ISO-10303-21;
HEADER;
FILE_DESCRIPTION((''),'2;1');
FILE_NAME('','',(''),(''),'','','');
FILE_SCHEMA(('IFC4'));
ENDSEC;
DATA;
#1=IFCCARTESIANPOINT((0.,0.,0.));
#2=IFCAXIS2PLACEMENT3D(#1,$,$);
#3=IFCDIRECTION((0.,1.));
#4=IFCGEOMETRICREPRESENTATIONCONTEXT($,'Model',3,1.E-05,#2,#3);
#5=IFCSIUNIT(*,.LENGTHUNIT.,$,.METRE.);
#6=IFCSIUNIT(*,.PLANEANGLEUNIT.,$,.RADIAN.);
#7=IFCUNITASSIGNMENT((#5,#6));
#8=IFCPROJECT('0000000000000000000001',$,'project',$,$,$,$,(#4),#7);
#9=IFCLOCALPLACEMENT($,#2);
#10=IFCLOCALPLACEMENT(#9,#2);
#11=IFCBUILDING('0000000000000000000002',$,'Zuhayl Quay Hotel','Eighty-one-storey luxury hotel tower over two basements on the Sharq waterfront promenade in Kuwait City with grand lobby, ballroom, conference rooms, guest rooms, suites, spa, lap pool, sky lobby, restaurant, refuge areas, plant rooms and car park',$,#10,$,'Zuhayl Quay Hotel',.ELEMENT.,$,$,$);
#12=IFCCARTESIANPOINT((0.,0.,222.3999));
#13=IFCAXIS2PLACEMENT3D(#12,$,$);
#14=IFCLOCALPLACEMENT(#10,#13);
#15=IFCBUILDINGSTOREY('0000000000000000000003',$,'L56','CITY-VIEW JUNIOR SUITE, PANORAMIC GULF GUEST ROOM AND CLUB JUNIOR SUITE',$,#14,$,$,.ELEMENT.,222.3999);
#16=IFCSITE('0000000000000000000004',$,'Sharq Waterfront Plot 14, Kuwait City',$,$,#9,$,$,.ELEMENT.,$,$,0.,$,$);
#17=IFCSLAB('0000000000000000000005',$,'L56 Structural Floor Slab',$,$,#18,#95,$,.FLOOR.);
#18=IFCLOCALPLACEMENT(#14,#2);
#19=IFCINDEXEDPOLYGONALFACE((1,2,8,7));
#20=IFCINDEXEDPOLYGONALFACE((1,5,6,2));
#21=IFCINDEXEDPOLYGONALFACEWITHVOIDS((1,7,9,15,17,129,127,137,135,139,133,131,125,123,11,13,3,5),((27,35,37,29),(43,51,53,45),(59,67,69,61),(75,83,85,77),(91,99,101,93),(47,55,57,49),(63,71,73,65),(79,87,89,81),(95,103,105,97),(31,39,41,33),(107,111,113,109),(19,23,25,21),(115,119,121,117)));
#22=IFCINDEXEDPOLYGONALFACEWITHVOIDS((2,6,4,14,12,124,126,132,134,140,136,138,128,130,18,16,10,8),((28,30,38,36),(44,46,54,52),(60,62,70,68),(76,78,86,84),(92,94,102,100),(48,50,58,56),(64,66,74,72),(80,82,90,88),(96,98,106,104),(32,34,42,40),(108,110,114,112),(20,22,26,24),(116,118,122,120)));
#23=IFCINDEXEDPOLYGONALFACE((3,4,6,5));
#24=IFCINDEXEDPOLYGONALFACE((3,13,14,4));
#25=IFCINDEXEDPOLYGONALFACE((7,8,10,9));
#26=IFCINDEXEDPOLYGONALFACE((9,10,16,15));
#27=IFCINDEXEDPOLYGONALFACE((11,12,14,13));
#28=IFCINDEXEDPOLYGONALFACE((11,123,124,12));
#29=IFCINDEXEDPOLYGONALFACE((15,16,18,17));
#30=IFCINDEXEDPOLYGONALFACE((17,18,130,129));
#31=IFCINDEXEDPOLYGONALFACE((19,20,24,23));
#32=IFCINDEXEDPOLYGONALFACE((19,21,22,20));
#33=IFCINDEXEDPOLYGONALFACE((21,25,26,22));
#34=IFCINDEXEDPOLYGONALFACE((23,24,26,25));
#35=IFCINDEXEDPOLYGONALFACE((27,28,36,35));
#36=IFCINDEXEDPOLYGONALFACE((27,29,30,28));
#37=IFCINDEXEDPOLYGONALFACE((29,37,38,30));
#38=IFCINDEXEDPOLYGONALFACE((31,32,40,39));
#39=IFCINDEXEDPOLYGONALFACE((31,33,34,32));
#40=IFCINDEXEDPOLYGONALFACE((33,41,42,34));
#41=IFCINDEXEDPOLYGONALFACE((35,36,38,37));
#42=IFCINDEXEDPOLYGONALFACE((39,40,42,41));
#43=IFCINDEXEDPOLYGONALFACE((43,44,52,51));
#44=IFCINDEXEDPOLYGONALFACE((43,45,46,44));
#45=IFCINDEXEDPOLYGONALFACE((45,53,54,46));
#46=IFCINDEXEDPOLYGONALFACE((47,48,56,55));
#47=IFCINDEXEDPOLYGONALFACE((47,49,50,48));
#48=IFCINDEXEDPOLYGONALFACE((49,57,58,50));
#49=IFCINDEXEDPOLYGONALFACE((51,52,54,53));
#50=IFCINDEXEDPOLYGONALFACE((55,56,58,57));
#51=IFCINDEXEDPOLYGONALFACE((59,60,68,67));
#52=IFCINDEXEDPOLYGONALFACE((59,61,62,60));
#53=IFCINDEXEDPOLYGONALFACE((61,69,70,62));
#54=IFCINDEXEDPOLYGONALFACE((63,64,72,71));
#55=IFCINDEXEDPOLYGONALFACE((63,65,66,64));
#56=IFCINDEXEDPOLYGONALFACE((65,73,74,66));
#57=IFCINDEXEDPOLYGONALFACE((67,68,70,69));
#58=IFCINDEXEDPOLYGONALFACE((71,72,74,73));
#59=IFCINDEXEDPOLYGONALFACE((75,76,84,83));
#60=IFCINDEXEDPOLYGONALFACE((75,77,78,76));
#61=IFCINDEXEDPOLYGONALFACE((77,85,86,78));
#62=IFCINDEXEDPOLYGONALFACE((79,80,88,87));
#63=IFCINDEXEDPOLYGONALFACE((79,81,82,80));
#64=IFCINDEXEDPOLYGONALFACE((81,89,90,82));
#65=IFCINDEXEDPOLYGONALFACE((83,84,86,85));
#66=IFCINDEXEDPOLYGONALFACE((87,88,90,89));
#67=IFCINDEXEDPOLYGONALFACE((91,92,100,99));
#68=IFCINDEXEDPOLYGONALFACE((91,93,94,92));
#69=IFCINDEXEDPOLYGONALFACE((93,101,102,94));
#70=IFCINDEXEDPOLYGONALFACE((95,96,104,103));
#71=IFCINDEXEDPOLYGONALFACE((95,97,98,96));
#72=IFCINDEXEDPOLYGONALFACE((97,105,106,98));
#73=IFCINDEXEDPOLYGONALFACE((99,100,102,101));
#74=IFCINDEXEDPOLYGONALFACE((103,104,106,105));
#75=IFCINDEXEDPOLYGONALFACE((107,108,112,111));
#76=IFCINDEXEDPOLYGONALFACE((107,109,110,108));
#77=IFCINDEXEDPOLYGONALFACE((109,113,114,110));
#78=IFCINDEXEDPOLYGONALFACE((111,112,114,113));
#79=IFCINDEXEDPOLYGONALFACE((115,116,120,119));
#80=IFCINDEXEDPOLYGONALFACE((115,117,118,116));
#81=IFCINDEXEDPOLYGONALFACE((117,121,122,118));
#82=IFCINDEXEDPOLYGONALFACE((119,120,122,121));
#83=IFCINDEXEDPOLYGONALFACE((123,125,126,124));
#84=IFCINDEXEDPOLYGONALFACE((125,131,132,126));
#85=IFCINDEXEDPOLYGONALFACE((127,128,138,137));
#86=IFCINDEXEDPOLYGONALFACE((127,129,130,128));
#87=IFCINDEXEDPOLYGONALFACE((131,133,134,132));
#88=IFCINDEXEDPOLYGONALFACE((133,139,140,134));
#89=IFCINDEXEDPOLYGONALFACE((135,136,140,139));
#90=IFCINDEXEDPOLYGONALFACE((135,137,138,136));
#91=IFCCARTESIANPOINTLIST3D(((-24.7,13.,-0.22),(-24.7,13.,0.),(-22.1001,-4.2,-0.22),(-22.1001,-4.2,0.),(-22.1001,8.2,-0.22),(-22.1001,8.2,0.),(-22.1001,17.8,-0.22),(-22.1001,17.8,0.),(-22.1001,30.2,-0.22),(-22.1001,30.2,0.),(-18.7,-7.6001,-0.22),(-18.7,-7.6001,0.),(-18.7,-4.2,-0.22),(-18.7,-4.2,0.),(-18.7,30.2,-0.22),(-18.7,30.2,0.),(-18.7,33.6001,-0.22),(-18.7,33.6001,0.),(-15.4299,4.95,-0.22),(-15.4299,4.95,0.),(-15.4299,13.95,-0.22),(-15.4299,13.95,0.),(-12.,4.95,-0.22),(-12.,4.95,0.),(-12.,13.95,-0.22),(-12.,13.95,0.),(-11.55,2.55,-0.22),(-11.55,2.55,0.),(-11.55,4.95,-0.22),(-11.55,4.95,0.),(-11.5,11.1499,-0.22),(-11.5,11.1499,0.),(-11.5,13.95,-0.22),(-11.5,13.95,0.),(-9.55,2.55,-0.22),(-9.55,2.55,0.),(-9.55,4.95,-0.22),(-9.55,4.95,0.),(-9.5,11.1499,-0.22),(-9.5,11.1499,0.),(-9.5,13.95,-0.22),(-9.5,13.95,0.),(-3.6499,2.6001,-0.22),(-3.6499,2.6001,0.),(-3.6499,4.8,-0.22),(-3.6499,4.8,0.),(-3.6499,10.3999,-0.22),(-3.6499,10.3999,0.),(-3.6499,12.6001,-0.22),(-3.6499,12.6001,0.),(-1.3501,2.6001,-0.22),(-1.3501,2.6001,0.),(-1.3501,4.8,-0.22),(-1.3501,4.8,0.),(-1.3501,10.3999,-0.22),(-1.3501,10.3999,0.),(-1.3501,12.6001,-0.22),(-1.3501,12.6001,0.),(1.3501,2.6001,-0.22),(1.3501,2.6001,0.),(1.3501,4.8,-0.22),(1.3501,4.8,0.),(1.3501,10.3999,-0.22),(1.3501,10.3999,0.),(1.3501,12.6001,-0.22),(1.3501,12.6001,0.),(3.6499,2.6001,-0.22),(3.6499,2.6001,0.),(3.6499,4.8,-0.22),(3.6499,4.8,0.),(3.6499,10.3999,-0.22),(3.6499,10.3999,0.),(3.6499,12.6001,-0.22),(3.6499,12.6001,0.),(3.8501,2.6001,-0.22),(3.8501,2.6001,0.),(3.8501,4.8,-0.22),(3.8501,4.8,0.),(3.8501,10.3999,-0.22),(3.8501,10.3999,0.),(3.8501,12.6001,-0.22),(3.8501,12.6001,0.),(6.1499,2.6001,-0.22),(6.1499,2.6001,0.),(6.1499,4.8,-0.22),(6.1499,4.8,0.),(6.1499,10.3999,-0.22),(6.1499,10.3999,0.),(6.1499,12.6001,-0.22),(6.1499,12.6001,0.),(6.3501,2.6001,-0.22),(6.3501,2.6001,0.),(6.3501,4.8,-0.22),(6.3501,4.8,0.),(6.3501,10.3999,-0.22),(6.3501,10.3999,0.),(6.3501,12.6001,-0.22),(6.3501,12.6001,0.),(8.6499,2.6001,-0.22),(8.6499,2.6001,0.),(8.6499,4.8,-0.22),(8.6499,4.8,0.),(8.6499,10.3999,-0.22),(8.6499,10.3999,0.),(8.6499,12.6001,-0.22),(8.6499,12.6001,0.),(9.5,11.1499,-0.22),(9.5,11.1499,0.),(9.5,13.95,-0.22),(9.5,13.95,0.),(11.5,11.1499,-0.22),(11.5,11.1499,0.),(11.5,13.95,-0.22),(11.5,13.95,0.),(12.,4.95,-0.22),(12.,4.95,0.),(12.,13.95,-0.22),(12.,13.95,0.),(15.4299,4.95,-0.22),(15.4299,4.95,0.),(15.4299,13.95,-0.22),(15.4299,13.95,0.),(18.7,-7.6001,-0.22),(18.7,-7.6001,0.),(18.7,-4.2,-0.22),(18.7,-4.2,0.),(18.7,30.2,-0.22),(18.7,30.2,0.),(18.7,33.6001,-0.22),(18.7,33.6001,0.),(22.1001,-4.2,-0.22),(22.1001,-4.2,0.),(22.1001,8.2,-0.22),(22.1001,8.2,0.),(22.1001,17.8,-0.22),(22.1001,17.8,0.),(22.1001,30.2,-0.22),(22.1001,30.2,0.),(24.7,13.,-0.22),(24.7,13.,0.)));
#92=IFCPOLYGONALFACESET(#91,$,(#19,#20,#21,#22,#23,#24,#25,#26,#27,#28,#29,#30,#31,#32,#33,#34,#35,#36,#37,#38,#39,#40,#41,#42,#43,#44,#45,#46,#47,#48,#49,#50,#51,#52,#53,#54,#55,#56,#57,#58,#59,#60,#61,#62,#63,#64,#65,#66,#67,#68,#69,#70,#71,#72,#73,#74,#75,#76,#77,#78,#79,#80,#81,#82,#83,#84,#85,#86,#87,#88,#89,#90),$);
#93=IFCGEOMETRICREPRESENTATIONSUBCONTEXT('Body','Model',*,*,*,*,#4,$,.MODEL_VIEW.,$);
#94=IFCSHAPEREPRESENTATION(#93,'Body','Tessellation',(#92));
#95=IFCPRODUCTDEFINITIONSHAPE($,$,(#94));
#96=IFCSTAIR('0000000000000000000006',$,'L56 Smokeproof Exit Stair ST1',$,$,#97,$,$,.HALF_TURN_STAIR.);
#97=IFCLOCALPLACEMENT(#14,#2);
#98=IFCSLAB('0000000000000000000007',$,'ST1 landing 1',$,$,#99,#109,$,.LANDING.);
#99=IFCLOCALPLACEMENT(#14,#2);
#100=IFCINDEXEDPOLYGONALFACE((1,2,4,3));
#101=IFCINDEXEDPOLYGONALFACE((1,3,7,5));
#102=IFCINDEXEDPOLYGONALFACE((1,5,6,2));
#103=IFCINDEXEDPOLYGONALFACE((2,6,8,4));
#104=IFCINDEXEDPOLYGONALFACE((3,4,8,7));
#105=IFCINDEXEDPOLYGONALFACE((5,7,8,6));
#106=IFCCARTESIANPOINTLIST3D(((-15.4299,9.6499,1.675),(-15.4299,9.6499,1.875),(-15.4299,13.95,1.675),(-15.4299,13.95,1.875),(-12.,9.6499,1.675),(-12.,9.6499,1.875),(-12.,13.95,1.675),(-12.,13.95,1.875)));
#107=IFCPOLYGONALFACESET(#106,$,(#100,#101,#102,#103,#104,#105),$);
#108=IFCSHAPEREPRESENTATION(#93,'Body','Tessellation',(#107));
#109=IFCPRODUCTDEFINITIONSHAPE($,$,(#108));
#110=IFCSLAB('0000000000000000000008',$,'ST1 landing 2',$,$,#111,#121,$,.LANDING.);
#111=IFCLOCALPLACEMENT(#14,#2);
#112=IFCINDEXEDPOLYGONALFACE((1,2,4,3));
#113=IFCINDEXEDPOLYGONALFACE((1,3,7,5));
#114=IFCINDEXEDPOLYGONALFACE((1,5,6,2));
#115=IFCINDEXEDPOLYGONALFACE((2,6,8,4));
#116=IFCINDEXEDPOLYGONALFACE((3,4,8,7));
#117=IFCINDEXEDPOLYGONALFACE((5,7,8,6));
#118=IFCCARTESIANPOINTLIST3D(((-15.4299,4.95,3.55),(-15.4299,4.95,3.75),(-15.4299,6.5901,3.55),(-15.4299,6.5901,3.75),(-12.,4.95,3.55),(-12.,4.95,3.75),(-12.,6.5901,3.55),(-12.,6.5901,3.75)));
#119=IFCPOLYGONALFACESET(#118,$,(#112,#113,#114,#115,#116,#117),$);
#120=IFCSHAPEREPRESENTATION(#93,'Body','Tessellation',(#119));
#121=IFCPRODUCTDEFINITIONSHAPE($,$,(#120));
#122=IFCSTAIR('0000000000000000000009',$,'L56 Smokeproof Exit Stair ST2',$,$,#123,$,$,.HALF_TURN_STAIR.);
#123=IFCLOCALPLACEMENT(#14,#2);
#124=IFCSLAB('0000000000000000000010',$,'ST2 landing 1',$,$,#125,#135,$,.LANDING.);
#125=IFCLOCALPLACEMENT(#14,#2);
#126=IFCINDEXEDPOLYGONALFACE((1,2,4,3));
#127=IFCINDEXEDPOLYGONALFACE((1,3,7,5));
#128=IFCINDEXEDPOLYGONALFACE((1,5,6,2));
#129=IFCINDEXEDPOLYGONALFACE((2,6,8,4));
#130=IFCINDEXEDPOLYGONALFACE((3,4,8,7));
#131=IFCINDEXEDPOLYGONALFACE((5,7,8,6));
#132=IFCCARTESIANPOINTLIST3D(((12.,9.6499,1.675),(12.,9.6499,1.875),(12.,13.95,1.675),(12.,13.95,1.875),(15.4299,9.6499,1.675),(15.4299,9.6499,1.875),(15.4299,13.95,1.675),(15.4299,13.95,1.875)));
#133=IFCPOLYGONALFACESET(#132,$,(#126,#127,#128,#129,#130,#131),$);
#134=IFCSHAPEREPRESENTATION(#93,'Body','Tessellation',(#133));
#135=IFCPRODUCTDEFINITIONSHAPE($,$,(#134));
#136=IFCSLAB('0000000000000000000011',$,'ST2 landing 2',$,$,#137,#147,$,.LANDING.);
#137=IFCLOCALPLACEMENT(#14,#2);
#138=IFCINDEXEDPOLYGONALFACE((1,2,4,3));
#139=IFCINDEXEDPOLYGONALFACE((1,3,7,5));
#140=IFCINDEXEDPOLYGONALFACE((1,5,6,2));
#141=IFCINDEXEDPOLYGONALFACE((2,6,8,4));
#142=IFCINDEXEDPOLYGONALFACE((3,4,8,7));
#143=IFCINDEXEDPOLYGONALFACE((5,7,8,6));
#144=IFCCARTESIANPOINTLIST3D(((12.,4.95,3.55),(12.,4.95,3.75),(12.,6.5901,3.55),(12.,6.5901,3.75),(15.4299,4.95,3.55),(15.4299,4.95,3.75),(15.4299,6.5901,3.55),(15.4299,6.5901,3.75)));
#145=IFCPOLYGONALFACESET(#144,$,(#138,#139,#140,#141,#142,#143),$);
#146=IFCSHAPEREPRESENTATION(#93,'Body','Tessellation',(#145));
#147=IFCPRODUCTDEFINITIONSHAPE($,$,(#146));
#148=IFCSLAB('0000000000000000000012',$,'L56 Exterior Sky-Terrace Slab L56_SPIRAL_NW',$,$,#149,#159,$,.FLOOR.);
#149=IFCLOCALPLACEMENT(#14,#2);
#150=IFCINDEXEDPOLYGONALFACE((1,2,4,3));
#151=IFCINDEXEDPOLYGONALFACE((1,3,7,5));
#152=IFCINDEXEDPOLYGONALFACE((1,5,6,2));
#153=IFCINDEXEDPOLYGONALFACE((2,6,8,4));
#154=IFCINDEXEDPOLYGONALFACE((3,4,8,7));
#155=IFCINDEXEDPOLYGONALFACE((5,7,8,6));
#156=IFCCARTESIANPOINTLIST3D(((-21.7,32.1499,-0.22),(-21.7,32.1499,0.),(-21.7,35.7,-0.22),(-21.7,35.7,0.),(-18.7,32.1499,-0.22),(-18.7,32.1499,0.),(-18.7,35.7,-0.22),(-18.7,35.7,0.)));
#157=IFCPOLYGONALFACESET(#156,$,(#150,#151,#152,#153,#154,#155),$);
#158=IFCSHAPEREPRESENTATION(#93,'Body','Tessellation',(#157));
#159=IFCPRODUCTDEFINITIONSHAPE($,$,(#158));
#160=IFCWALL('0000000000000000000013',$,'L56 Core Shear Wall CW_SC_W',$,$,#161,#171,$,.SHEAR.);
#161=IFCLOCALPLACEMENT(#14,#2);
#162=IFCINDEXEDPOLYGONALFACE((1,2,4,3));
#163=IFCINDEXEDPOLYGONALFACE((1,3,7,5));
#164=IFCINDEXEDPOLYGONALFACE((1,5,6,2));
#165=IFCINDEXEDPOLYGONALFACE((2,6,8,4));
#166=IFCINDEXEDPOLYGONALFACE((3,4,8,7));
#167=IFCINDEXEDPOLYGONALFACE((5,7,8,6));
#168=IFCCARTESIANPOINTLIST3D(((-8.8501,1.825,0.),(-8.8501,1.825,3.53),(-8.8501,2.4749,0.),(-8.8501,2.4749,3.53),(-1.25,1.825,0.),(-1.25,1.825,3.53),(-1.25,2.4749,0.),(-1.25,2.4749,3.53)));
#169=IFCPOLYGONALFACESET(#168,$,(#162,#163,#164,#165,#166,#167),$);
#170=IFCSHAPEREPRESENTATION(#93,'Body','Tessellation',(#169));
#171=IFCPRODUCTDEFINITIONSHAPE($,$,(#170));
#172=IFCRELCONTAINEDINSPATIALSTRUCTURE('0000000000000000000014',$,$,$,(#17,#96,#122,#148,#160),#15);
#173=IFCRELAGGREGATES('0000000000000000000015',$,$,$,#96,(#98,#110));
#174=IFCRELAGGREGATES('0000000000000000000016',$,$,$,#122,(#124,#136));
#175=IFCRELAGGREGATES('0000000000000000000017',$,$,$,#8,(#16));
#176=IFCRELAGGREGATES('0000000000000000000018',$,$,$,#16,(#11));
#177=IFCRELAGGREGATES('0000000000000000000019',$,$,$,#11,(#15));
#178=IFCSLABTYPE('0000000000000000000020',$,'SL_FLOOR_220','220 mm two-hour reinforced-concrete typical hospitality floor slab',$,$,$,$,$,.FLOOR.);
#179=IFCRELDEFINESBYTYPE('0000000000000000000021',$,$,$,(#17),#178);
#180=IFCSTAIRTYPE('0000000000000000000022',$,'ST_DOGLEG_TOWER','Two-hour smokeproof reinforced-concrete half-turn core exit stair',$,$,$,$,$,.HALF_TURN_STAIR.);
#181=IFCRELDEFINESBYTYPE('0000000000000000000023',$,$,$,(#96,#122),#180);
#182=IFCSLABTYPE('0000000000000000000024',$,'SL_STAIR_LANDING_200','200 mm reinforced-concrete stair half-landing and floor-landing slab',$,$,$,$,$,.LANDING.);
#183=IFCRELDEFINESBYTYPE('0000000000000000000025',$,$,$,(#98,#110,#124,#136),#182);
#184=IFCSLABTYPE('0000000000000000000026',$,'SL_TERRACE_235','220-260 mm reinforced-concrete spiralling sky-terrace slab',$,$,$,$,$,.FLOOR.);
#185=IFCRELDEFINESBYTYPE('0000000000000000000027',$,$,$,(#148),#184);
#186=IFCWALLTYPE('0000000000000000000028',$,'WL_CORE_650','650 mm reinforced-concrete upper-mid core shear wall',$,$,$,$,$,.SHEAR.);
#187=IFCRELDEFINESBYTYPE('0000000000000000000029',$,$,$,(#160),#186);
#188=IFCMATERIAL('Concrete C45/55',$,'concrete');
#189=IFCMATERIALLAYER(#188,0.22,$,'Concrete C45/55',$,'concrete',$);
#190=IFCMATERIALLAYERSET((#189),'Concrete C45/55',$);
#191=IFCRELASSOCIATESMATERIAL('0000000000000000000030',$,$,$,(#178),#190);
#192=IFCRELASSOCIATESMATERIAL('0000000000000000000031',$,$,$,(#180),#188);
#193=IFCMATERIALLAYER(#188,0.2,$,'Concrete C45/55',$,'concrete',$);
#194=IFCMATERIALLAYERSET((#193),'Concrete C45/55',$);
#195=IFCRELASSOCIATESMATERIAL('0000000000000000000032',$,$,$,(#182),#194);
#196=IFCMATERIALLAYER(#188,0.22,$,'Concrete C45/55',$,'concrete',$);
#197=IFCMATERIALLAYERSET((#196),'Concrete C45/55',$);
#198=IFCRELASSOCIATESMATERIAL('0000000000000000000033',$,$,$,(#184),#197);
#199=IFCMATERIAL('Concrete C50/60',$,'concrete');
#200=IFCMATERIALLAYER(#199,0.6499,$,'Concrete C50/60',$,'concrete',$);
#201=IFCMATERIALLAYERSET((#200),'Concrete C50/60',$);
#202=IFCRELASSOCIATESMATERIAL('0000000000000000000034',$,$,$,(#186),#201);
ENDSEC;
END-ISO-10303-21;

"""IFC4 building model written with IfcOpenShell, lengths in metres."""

from ifc_helpers import new_model, si_unit, direction, frame, frame_2d, origin, place, context, subcontext, project, spatial, polyline, rectangle, outline, extrude, material, layer, layer_set, type_object, element, aggregate, save


model = new_model("IFC4")

# Units and contexts
model_context = context("Model", 3, precision=1e-05, world=origin(), true_north=direction((0.0, 1.0)))
body_context = subcontext(model_context, "Body", "Model", "MODEL_VIEW")
ifc_project = project(units=[si_unit("LENGTHUNIT", "METRE"), si_unit("PLANEANGLEUNIT", "RADIAN")], contexts=[model_context])

# Site, building, storey
site_placement = place(None, origin())
site = spatial("IfcSite", under=ifc_project, at=site_placement, Name="Sharq Waterfront Plot 14, Kuwait City", CompositionType="ELEMENT", RefElevation=0.0)
building_placement = place(site_placement, origin())
building = spatial("IfcBuilding", under=site, at=building_placement, Name="Zuhayl Quay Hotel", Description="Eighty-one-storey luxury hotel tower over two basements on the Sharq waterfront promenade in Kuwait City with grand lobby, ballroom, conference rooms, guest rooms, suites, spa, lap pool, sky lobby, restaurant, refuge areas, plant rooms and car park", LongName="Zuhayl Quay Hotel", CompositionType="ELEMENT")
storey_placement = place(building_placement, frame((0.0, 0.0, 222.3999)))
storey = spatial("IfcBuildingStorey", under=building, at=storey_placement, Name="L56", Description="CITY-VIEW JUNIOR SUITE, PANORAMIC GULF GUEST ROOM AND CLUB JUNIOR SUITE", CompositionType="ELEMENT", Elevation=222.3999)

# Slab
ifc_material_1 = material(Name="Concrete C45/55", Category="concrete")
ifc_layer_1 = layer(ifc_material_1, 0.22, Name="Concrete C45/55", Category="concrete")
ifc_layer_set_1 = layer_set([ifc_layer_1], Name="Concrete C45/55")
slab_type_1 = type_object("IfcSlabType", Name="SL_FLOOR_220", Description="220 mm two-hour reinforced-concrete typical hospitality floor slab", PredefinedType="FLOOR", material=ifc_layer_set_1)
slab_1_placement = place(storey_placement, frame((0.0, 0.0, -0.22)))
element("IfcSlab", 1, at=slab_1_placement, inside=storey, type_object=slab_type_1, Name="L56 Structural Floor Slab", PredefinedType="FLOOR", context=body_context, shape_type="SweptSolid", body=[
    extrude(outline(polyline([(-18.7, -7.6001), (18.7, -7.6001), (18.7, -4.2), (22.1001, -4.2), (22.1001, 8.2), (24.7, 13.0), (22.1001, 17.8), (22.1001, 30.2), (18.7, 30.2), (18.7, 33.6001), (-18.7, 33.6001), (-18.7, 30.2), (-22.1001, 30.2), (-22.1001, 17.8), (-24.7, 13.0), (-22.1001, 8.2), (-22.1001, -4.2), (-18.7, -4.2), (-18.7, -7.6001)]), holes=[polyline([(-12.0, 4.95), (-12.0, 13.95), (-15.4299, 13.95), (-15.4299, 4.95), (-12.0, 4.95)]), polyline([(15.4299, 4.95), (15.4299, 13.95), (12.0, 13.95), (12.0, 4.95), (15.4299, 4.95)]), polyline([(-11.5, 11.1499), (-9.5, 11.1499), (-9.5, 13.95), (-11.5, 13.95), (-11.5, 11.1499)]), polyline([(9.5, 11.1499), (11.5, 11.1499), (11.5, 13.95), (9.5, 13.95), (9.5, 11.1499)]), polyline([(-3.6499, 2.6001), (-1.3501, 2.6001), (-1.3501, 4.8), (-3.6499, 4.8), (-3.6499, 2.6001)]), polyline([(1.3501, 2.6001), (3.6499, 2.6001), (3.6499, 4.8), (1.3501, 4.8), (1.3501, 2.6001)]), polyline([(-3.6499, 10.3999), (-1.3501, 10.3999), (-1.3501, 12.6001), (-3.6499, 12.6001), (-3.6499, 10.3999)]), polyline([(1.3501, 10.3999), (3.6499, 10.3999), (3.6499, 12.6001), (1.3501, 12.6001), (1.3501, 10.3999)]), polyline([(3.8501, 2.6001), (6.1499, 2.6001), (6.1499, 4.8), (3.8501, 4.8), (3.8501, 2.6001)]), polyline([(6.3501, 2.6001), (8.6499, 2.6001), (8.6499, 4.8), (6.3501, 4.8), (6.3501, 2.6001)]), polyline([(3.8501, 10.3999), (6.1499, 10.3999), (6.1499, 12.6001), (3.8501, 12.6001), (3.8501, 10.3999)]), polyline([(6.3501, 10.3999), (8.6499, 10.3999), (8.6499, 12.6001), (6.3501, 12.6001), (6.3501, 10.3999)]), polyline([(-11.55, 2.55), (-9.55, 2.55), (-9.55, 4.95), (-11.55, 4.95), (-11.55, 2.55)])]), origin(), (0.0, 0.0, 1.0), 0.22),
])

# Stairs, slabs
stair_type = type_object("IfcStairType", Name="ST_DOGLEG_TOWER", Description="Two-hour smokeproof reinforced-concrete half-turn core exit stair", PredefinedType="HALF_TURN_STAIR", material=ifc_material_1)
stair_1_placement = place(storey_placement, origin())
stair_1 = element("IfcStair", 2, at=stair_1_placement, inside=storey, type_object=stair_type, Name="L56 Smokeproof Exit Stair ST1", PredefinedType="HALF_TURN_STAIR")
ifc_layer_2 = layer(ifc_material_1, 0.2, Name="Concrete C45/55", Category="concrete")
ifc_layer_set_2 = layer_set([ifc_layer_2], Name="Concrete C45/55")
slab_type_2 = type_object("IfcSlabType", Name="SL_STAIR_LANDING_200", Description="200 mm reinforced-concrete stair half-landing and floor-landing slab", PredefinedType="LANDING", material=ifc_layer_set_2)
slab_2_placement = place(storey_placement, frame((0.0, 0.0, 1.675)))
slab_2 = element("IfcSlab", 3, at=slab_2_placement, type_object=slab_type_2, Name="ST1 landing 1", PredefinedType="LANDING", context=body_context, shape_type="SweptSolid", body=[
    extrude(outline(polyline([(-12.0, 9.6499), (-12.0, 13.95), (-15.4299, 13.95), (-15.4299, 9.6499), (-12.0, 9.6499)])), origin(), (0.0, 0.0, 1.0), 0.2),
])
slab_3_placement = place(storey_placement, frame((0.0, 0.0, 3.55)))
slab_3 = element("IfcSlab", 4, at=slab_3_placement, type_object=slab_type_2, Name="ST1 landing 2", PredefinedType="LANDING", context=body_context, shape_type="SweptSolid", body=[
    extrude(outline(polyline([(-12.0, 4.95), (-12.0, 6.5901), (-15.4299, 6.5901), (-15.4299, 4.95), (-12.0, 4.95)])), origin(), (0.0, 0.0, 1.0), 0.2),
])
aggregate(stair_1, [slab_2, slab_3])
stair_2_placement = place(storey_placement, origin())
stair_2 = element("IfcStair", 5, at=stair_2_placement, inside=storey, type_object=stair_type, Name="L56 Smokeproof Exit Stair ST2", PredefinedType="HALF_TURN_STAIR")
slab_4_placement = place(storey_placement, frame((0.0, 0.0, 1.675)))
slab_4 = element("IfcSlab", 6, at=slab_4_placement, type_object=slab_type_2, Name="ST2 landing 1", PredefinedType="LANDING", context=body_context, shape_type="SweptSolid", body=[
    extrude(outline(polyline([(15.4299, 9.6499), (15.4299, 13.95), (12.0, 13.95), (12.0, 9.6499), (15.4299, 9.6499)])), origin(), (0.0, 0.0, 1.0), 0.2),
])
slab_5_placement = place(storey_placement, frame((0.0, 0.0, 3.55)))
slab_5 = element("IfcSlab", 7, at=slab_5_placement, type_object=slab_type_2, Name="ST2 landing 2", PredefinedType="LANDING", context=body_context, shape_type="SweptSolid", body=[
    extrude(outline(polyline([(15.4299, 4.95), (15.4299, 6.5901), (12.0, 6.5901), (12.0, 4.95), (15.4299, 4.95)])), origin(), (0.0, 0.0, 1.0), 0.2),
])
aggregate(stair_2, [slab_4, slab_5])

# Slab
ifc_layer_3 = layer(ifc_material_1, 0.22, Name="Concrete C45/55", Category="concrete")
ifc_layer_set_3 = layer_set([ifc_layer_3], Name="Concrete C45/55")
slab_type_3 = type_object("IfcSlabType", Name="SL_TERRACE_235", Description="220-260 mm reinforced-concrete spiralling sky-terrace slab", PredefinedType="FLOOR", material=ifc_layer_set_3)
slab_6_placement = place(storey_placement, frame((0.0, 0.0, -0.22)))
element("IfcSlab", 8, at=slab_6_placement, inside=storey, type_object=slab_type_3, Name="L56 Exterior Sky-Terrace Slab L56_SPIRAL_NW", PredefinedType="FLOOR", context=body_context, shape_type="SweptSolid", body=[
    extrude(outline(polyline([(-21.7, 32.1499), (-18.7, 32.1499), (-18.7, 35.7), (-21.7, 35.7), (-21.7, 32.1499)])), origin(), (0.0, 0.0, 1.0), 0.22),
])

# Wall
ifc_material_2 = material(Name="Concrete C50/60", Category="concrete")
ifc_layer_4 = layer(ifc_material_2, 0.6499, Name="Concrete C50/60", Category="concrete")
ifc_layer_set_4 = layer_set([ifc_layer_4], Name="Concrete C50/60")
wall_type_1 = type_object("IfcWallType", Name="WL_CORE_650", Description="650 mm reinforced-concrete upper-mid core shear wall", PredefinedType="SHEAR", material=ifc_layer_set_4)
wall_1_placement = place(storey_placement, frame((-8.8501, 2.1499, 0.0), z_axis=(0.0, 0.0, 1.0), x_axis=(1.0, 0.0, 0.0)))
element("IfcWall", 9, at=wall_1_placement, inside=storey, type_object=wall_type_1, Name="L56 Core Shear Wall CW_SC_W", PredefinedType="SHEAR", context=body_context, shape_type="SweptSolid", body=[
    extrude(rectangle(XDim=7.6001, YDim=0.6499, at=frame_2d((3.8, 0.0))), origin(), (0.0, 0.0, 1.0), 3.53),
])

save(model, "model.ifc")
